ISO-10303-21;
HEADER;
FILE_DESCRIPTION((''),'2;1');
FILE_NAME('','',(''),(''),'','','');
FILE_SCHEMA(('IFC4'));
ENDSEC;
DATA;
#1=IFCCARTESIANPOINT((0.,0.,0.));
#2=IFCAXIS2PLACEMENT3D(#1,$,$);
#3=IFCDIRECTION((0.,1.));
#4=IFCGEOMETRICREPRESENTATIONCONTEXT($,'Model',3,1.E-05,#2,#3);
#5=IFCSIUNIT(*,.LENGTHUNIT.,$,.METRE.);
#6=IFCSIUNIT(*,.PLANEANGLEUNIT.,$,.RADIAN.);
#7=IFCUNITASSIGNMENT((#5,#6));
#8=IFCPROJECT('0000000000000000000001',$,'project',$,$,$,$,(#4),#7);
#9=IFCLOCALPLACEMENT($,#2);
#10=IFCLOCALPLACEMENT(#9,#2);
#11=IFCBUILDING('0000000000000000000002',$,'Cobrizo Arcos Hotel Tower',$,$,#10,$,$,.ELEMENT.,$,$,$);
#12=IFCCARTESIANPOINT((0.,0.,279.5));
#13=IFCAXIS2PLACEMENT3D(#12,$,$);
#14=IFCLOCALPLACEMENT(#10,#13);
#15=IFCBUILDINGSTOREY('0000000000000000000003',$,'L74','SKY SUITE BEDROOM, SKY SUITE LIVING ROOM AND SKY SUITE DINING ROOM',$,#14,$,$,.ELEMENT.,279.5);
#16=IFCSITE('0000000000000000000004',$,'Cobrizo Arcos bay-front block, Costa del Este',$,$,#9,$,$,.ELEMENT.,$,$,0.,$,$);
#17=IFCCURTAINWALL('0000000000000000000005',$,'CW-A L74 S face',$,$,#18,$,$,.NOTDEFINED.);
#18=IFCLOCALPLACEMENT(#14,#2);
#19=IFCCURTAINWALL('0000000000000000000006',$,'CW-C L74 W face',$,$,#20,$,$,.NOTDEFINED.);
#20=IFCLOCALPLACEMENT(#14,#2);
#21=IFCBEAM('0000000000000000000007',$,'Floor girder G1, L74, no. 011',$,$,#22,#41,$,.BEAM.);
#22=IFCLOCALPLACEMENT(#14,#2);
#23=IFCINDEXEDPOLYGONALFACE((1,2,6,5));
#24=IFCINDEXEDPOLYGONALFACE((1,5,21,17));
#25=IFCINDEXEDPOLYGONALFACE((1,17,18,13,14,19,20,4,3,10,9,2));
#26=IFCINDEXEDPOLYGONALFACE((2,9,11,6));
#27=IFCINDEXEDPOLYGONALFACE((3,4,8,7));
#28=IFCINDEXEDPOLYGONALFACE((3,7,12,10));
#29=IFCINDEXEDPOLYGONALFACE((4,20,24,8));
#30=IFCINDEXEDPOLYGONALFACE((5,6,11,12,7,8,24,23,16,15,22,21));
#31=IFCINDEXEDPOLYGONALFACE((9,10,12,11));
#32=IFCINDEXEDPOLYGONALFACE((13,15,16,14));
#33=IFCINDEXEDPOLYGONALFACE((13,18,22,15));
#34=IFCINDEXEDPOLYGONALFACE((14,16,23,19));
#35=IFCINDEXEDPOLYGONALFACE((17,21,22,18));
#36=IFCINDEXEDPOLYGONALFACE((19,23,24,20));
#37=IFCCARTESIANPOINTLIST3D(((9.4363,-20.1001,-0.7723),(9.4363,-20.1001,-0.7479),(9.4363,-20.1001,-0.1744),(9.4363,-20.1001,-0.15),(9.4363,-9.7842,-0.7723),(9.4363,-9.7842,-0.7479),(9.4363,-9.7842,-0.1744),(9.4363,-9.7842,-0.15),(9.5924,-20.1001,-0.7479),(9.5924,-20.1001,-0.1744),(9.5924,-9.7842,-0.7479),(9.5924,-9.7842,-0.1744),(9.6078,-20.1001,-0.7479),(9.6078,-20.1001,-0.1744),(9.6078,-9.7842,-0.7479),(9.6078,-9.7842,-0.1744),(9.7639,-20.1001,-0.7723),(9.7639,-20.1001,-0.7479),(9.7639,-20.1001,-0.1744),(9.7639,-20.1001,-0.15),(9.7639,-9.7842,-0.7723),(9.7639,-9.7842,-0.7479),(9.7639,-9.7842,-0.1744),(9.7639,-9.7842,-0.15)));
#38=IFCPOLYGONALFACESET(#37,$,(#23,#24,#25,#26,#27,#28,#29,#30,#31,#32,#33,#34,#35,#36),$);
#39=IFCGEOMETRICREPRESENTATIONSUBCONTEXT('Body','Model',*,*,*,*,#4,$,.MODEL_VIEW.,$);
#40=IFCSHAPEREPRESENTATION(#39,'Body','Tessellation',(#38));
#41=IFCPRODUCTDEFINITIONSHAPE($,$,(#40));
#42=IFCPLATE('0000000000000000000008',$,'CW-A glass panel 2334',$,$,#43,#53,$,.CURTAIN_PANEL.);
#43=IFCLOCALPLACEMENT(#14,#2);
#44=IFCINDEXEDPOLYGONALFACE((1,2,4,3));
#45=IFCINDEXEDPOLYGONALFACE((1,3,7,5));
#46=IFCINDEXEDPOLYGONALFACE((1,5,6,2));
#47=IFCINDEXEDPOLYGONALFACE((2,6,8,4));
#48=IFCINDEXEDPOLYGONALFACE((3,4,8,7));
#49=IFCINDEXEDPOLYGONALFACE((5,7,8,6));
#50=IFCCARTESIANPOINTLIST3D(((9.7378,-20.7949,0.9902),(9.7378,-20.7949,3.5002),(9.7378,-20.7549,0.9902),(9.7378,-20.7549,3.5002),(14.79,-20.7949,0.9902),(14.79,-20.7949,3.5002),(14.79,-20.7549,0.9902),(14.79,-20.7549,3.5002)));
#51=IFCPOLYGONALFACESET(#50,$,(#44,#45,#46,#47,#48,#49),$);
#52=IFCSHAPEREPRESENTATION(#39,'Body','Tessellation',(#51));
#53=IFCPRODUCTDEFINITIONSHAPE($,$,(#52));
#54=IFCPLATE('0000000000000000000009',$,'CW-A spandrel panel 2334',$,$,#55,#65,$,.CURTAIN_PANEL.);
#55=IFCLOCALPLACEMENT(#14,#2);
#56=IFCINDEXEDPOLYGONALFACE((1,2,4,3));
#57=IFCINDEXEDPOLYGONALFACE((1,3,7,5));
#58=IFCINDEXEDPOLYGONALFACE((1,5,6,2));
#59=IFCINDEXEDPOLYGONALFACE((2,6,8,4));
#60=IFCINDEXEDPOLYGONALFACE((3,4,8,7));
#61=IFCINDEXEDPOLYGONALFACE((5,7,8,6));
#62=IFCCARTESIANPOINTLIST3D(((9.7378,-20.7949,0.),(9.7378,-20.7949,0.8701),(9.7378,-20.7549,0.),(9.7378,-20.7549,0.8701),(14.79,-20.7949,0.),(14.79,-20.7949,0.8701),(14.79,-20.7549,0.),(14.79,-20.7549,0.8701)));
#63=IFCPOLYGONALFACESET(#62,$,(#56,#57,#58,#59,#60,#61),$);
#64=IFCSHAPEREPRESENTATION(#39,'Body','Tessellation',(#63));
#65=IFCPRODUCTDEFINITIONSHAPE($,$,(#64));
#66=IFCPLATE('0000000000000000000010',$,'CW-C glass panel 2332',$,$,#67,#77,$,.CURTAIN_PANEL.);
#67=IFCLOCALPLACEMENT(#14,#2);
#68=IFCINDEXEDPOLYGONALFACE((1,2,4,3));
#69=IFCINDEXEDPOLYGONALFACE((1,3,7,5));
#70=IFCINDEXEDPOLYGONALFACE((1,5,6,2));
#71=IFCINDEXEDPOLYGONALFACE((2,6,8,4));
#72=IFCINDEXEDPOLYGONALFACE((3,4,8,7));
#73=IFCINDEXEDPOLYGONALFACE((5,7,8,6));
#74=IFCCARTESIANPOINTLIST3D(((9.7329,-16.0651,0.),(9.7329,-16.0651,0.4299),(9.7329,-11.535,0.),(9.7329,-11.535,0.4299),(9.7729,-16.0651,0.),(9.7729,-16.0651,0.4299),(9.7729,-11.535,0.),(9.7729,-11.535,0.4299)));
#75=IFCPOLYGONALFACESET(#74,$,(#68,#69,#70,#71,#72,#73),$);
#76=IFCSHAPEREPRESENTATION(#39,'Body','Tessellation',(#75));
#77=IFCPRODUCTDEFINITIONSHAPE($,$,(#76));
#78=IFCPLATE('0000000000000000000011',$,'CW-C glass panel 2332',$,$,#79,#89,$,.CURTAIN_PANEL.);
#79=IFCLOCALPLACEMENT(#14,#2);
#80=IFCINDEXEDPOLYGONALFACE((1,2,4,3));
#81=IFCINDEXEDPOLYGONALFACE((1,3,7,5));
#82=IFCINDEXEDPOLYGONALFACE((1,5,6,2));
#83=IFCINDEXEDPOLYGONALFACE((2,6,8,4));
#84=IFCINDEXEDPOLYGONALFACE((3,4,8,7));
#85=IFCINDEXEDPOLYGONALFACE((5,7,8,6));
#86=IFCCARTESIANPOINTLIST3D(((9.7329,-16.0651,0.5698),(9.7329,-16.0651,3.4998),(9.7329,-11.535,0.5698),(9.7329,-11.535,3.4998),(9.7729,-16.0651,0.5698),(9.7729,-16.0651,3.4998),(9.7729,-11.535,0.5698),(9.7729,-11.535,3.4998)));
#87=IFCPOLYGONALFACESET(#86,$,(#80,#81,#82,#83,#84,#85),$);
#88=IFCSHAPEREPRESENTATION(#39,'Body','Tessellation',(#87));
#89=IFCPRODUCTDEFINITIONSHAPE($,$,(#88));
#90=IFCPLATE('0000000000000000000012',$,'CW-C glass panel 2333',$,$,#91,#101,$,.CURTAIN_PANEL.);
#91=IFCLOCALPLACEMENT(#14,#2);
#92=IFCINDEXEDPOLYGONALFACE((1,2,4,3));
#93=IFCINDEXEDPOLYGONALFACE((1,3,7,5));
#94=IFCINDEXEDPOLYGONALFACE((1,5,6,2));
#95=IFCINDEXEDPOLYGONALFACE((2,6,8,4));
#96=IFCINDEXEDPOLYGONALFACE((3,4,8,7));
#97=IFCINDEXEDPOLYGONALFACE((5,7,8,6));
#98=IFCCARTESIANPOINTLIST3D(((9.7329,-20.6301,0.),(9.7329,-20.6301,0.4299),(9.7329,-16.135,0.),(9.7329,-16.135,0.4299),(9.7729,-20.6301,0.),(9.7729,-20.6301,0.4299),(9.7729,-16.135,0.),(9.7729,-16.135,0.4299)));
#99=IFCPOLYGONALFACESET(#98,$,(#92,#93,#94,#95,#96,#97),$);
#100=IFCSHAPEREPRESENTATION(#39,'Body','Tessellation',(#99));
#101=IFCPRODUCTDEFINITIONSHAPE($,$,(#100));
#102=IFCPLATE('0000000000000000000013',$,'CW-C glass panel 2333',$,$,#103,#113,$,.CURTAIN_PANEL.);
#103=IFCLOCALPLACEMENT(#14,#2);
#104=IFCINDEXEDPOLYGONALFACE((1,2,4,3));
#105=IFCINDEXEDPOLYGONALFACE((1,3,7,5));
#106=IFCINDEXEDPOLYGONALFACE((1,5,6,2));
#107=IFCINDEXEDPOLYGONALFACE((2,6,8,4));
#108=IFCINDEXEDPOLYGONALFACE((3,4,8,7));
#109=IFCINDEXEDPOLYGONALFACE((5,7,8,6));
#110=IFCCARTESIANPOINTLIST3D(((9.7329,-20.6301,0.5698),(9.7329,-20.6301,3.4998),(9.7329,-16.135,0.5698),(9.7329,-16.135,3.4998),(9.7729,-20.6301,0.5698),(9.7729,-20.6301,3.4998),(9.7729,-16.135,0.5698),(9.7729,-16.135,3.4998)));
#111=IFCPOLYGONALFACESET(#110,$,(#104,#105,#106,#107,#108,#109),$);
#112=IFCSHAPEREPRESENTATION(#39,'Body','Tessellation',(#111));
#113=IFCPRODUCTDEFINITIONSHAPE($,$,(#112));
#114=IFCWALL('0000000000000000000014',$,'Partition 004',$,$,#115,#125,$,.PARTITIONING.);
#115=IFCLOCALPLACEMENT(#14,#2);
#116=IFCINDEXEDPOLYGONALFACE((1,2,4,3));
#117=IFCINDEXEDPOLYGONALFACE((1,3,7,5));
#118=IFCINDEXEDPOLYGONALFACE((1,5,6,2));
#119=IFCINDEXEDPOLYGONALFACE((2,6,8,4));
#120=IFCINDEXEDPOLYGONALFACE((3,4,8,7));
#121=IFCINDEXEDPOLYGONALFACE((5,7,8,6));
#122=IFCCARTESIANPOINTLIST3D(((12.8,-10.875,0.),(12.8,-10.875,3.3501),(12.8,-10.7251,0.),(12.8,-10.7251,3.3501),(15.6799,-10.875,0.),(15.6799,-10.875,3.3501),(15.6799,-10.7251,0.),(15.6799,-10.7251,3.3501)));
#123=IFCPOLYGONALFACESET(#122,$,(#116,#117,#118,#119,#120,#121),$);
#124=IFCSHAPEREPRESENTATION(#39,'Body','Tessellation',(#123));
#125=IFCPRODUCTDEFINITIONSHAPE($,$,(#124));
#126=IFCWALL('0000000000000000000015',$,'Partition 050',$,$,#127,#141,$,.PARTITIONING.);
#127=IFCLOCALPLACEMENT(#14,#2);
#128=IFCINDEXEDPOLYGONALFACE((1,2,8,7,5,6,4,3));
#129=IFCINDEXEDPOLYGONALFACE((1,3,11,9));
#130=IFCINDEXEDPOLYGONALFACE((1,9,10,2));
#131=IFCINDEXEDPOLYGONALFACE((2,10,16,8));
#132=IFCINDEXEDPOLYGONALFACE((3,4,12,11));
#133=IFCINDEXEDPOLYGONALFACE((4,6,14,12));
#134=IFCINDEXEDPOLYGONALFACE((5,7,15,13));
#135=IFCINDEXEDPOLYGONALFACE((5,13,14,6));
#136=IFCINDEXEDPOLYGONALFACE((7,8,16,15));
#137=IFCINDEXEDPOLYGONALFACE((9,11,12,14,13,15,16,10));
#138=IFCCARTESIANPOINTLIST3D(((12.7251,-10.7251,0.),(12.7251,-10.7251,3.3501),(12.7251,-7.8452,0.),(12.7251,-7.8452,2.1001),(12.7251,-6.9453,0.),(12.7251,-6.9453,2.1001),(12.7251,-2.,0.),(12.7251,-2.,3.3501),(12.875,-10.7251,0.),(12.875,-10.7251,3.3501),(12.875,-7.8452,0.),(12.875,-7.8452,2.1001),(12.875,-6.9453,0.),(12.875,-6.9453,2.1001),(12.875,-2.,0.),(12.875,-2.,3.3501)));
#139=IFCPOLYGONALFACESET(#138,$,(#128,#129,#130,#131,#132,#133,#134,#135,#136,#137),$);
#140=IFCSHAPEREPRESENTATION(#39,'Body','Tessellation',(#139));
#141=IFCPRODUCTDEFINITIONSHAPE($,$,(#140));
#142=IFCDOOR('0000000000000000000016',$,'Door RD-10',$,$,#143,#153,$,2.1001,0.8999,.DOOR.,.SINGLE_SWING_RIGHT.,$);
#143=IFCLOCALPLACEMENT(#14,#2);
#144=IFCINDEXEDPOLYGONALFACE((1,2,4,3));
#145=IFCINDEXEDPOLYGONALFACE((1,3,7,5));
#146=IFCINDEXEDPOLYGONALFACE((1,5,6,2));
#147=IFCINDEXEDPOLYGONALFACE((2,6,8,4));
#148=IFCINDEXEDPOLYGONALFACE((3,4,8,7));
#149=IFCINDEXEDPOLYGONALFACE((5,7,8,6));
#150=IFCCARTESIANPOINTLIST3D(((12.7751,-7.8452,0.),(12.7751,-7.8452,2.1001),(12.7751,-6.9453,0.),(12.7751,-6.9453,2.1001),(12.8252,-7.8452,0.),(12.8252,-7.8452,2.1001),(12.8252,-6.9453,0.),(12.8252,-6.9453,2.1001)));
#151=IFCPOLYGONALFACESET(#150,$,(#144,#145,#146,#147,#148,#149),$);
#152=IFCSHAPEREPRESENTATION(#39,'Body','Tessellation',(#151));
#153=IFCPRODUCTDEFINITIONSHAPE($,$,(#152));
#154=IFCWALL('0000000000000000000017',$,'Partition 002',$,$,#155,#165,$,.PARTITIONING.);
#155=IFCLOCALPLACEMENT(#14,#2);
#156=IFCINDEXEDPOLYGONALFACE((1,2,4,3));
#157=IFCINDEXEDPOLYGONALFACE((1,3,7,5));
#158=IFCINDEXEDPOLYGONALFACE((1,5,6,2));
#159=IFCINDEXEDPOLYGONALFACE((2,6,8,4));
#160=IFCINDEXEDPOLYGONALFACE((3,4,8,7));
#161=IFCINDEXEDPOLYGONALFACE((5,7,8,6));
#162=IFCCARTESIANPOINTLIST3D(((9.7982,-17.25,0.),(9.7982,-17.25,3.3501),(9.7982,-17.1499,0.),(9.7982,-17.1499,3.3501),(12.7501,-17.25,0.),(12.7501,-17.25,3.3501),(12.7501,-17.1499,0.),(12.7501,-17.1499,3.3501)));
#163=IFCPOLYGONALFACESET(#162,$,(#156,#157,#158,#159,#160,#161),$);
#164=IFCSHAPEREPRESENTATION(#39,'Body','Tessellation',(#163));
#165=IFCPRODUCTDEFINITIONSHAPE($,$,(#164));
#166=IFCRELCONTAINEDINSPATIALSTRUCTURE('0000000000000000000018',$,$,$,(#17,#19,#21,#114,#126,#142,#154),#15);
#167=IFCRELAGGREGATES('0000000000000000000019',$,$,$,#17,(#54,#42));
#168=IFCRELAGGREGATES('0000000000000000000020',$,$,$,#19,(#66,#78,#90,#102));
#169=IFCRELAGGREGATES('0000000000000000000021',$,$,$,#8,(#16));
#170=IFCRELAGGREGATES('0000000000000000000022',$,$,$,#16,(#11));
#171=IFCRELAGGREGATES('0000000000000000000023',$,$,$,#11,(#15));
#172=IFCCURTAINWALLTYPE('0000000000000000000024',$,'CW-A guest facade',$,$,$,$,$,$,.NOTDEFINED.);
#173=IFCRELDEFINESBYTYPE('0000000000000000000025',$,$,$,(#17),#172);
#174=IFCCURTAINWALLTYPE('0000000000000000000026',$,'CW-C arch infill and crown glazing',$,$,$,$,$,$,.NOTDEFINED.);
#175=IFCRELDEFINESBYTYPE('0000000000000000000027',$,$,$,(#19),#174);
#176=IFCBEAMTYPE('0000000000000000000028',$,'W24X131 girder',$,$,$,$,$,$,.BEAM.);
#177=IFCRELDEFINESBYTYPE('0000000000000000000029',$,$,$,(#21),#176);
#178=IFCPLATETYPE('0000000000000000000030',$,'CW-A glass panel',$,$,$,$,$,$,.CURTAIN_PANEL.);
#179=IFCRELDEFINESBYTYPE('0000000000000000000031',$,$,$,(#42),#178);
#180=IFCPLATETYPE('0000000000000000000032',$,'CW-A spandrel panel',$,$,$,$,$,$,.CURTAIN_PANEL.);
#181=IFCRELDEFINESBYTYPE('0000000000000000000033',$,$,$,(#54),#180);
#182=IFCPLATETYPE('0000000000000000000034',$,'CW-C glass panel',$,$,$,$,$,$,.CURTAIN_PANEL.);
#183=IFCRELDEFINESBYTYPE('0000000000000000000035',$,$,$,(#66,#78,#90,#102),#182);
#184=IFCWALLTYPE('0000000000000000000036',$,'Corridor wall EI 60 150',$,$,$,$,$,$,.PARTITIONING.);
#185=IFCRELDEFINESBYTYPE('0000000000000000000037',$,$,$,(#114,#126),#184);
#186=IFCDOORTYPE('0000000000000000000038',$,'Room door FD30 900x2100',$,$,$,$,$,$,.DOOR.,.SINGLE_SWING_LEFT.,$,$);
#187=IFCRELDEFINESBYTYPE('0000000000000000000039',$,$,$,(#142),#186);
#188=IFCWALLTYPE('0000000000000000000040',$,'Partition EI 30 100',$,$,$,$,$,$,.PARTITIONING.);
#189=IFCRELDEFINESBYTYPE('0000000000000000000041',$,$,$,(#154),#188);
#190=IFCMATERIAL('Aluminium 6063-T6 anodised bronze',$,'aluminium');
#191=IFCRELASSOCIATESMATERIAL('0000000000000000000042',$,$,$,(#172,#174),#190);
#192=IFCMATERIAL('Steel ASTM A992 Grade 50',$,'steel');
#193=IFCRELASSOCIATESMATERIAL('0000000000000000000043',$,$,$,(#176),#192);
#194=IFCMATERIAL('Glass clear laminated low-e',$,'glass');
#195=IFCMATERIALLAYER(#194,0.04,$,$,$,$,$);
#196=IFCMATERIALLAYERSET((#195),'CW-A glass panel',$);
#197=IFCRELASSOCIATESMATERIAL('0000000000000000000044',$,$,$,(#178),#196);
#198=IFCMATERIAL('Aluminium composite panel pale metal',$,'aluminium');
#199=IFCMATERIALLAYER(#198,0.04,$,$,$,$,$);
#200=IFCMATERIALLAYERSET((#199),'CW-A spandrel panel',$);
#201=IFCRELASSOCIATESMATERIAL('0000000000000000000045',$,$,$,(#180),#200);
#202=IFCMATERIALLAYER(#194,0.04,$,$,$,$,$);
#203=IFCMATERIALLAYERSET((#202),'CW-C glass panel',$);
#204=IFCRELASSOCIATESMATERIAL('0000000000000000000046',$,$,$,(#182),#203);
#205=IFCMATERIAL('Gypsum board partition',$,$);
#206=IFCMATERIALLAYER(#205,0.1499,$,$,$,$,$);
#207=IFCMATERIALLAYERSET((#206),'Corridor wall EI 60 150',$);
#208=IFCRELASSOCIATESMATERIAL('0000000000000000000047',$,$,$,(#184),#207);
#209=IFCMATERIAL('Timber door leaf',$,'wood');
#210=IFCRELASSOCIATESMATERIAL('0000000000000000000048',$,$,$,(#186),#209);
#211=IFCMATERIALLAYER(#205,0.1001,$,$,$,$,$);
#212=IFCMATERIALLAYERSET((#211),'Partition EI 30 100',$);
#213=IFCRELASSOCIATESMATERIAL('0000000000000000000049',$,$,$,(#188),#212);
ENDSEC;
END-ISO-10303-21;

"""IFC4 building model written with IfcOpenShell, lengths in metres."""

from ifc_helpers import new_model, si_unit, direction, frame, frame_2d, origin, origin_2d, place, context, subcontext, project, spatial, rectangle, i_section, extrude, material, layer, layer_set, material_profile, profile_set, type_object, element, fill, aggregate, save


model = new_model("IFC4")

# Units and contexts
model_context = context("Model", 3, precision=1e-05, world=origin(), true_north=direction((0.0, 1.0)))
body_context = subcontext(model_context, "Body", "Model", "MODEL_VIEW")
ifc_project = project(units=[si_unit("LENGTHUNIT", "METRE"), si_unit("PLANEANGLEUNIT", "RADIAN")], contexts=[model_context])

# Site, building, storey
site_placement = place(None, origin())
site = spatial("IfcSite", under=ifc_project, at=site_placement, Name="Cobrizo Arcos bay-front block, Costa del Este", CompositionType="ELEMENT", RefElevation=0.0)
building_placement = place(site_placement, origin())
building = spatial("IfcBuilding", under=site, at=building_placement, Name="Cobrizo Arcos Hotel Tower", CompositionType="ELEMENT")
storey_placement = place(building_placement, frame((0.0, 0.0, 279.5)))
storey = spatial("IfcBuildingStorey", under=building, at=storey_placement, Name="L74", Description="SKY SUITE BEDROOM, SKY SUITE LIVING ROOM AND SKY SUITE DINING ROOM", CompositionType="ELEMENT", Elevation=279.5)

# Curtain walls
ifc_material_1 = material(Name="Aluminium 6063-T6 anodised bronze", Category="aluminium")
curtain_wall_type_1 = type_object("IfcCurtainWallType", Name="CW-A guest facade", PredefinedType="NOTDEFINED", material=ifc_material_1)
curtain_wall_1_placement = place(storey_placement, origin())
curtain_wall_1 = element("IfcCurtainWall", 1, at=curtain_wall_1_placement, inside=storey, type_object=curtain_wall_type_1, Name="CW-A L74 S face", PredefinedType="NOTDEFINED")
curtain_wall_type_2 = type_object("IfcCurtainWallType", Name="CW-C arch infill and crown glazing", PredefinedType="NOTDEFINED", material=ifc_material_1)
curtain_wall_2_placement = place(storey_placement, origin())
curtain_wall_2 = element("IfcCurtainWall", 2, at=curtain_wall_2_placement, inside=storey, type_object=curtain_wall_type_2, Name="CW-C L74 W face", PredefinedType="NOTDEFINED")

# Beam
ifc_material_2 = material(Name="Steel ASTM A992 Grade 50", Category="steel")
ifc_material_profile_1 = material_profile(ifc_material_2, i_section(OverallWidth=0.3276, OverallDepth=0.6223, WebThickness=0.0154, FlangeThickness=0.0244, at=origin_2d()), Name="W24X131")
ifc_profile_set_1 = profile_set([ifc_material_profile_1], Name="Steel ASTM A992 Grade 50")
beam_type_1 = type_object("IfcBeamType", Name="W24X131 girder", PredefinedType="BEAM", material=ifc_profile_set_1)
beam_1_placement = place(storey_placement, frame((9.6001, -20.1001, -0.4612), z_axis=(0.0, 1.0, 0.0), x_axis=(-1.0, 0.0, 0.0)))
element("IfcBeam", 3, at=beam_1_placement, inside=storey, type_object=beam_type_1, Name="Floor girder G1, L74, no. 011", PredefinedType="BEAM", context=body_context, shape_type="SweptSolid", body=[
    extrude(i_section(OverallWidth=0.3276, OverallDepth=0.6223, WebThickness=0.0154, FlangeThickness=0.0244, at=origin_2d()), origin(), (0.0, 0.0, 1.0), 10.3159),
])

# Plates
ifc_material_3 = material(Name="Glass clear laminated low-e", Category="glass")
ifc_layer_1 = layer(ifc_material_3, 0.04)
ifc_layer_set_1 = layer_set([ifc_layer_1], Name="CW-A glass panel")
plate_type_1 = type_object("IfcPlateType", Name="CW-A glass panel", PredefinedType="CURTAIN_PANEL", material=ifc_layer_set_1)
plate_1_placement = place(storey_placement, frame((12.2639, -20.7749, 0.9902), z_axis=(0.0, 0.0, 1.0), x_axis=(1.0, 0.0, 0.0)))
plate_1 = element("IfcPlate", 4, at=plate_1_placement, type_object=plate_type_1, Name="CW-A glass panel 2334", PredefinedType="CURTAIN_PANEL", context=body_context, shape_type="SweptSolid", body=[
    extrude(rectangle(XDim=5.0522, YDim=0.04, at=origin_2d()), origin(), (0.0, 0.0, 1.0), 2.51),
])
ifc_material_4 = material(Name="Aluminium composite panel pale metal", Category="aluminium")
ifc_layer_2 = layer(ifc_material_4, 0.04)
ifc_layer_set_2 = layer_set([ifc_layer_2], Name="CW-A spandrel panel")
plate_type_2 = type_object("IfcPlateType", Name="CW-A spandrel panel", PredefinedType="CURTAIN_PANEL", material=ifc_layer_set_2)
plate_2_placement = place(storey_placement, frame((12.2639, -20.7749, 0.0), z_axis=(0.0, 0.0, 1.0), x_axis=(1.0, 0.0, 0.0)))
plate_2 = element("IfcPlate", 5, at=plate_2_placement, type_object=plate_type_2, Name="CW-A spandrel panel 2334", PredefinedType="CURTAIN_PANEL", context=body_context, shape_type="SweptSolid", body=[
    extrude(rectangle(XDim=5.0522, YDim=0.04, at=origin_2d()), origin(), (0.0, 0.0, 1.0), 0.8701),
])
aggregate(curtain_wall_1, [plate_2, plate_1])
ifc_layer_3 = layer(ifc_material_3, 0.04)
ifc_layer_set_3 = layer_set([ifc_layer_3], Name="CW-C glass panel")
plate_type_3 = type_object("IfcPlateType", Name="CW-C glass panel", PredefinedType="CURTAIN_PANEL", material=ifc_layer_set_3)
plate_3_placement = place(storey_placement, frame((9.7529, -13.8, 0.0), z_axis=(0.0, 0.0, 1.0), x_axis=(0.0, -1.0, 0.0)))
plate_3 = element("IfcPlate", 6, at=plate_3_placement, type_object=plate_type_3, Name="CW-C glass panel 2332", PredefinedType="CURTAIN_PANEL", context=body_context, shape_type="SweptSolid", body=[
    extrude(rectangle(XDim=4.53, YDim=0.04, at=origin_2d()), origin(), (0.0, 0.0, 1.0), 0.4299),
])
plate_4_placement = place(storey_placement, frame((9.7529, -13.8, 0.5698), z_axis=(0.0, 0.0, 1.0), x_axis=(0.0, -1.0, 0.0)))
plate_4 = element("IfcPlate", 7, at=plate_4_placement, type_object=plate_type_3, Name="CW-C glass panel 2332", PredefinedType="CURTAIN_PANEL", context=body_context, shape_type="SweptSolid", body=[
    extrude(rectangle(XDim=4.53, YDim=0.04, at=origin_2d()), origin(), (0.0, 0.0, 1.0), 2.9299),
])
plate_5_placement = place(storey_placement, frame((9.7529, -18.3826, 0.0), z_axis=(0.0, 0.0, 1.0), x_axis=(0.0, -1.0, 0.0)))
plate_5 = element("IfcPlate", 8, at=plate_5_placement, type_object=plate_type_3, Name="CW-C glass panel 2333", PredefinedType="CURTAIN_PANEL", context=body_context, shape_type="SweptSolid", body=[
    extrude(rectangle(XDim=4.4951, YDim=0.04, at=origin_2d()), origin(), (0.0, 0.0, 1.0), 0.4299),
])
plate_6_placement = place(storey_placement, frame((9.7529, -18.3826, 0.5698), z_axis=(0.0, 0.0, 1.0), x_axis=(0.0, -1.0, 0.0)))
plate_6 = element("IfcPlate", 9, at=plate_6_placement, type_object=plate_type_3, Name="CW-C glass panel 2333", PredefinedType="CURTAIN_PANEL", context=body_context, shape_type="SweptSolid", body=[
    extrude(rectangle(XDim=4.4951, YDim=0.04, at=origin_2d()), origin(), (0.0, 0.0, 1.0), 2.9299),
])
aggregate(curtain_wall_2, [plate_3, plate_4, plate_5, plate_6])

# Wall
ifc_material_5 = material(Name="Gypsum board partition")
ifc_layer_4 = layer(ifc_material_5, 0.1499)
ifc_layer_set_4 = layer_set([ifc_layer_4], Name="Corridor wall EI 60 150")
wall_type_1 = type_object("IfcWallType", Name="Corridor wall EI 60 150", PredefinedType="PARTITIONING", material=ifc_layer_set_4)
wall_1_placement = place(storey_placement, frame((12.8, -10.8, 0.0), z_axis=(0.0, 0.0, 1.0), x_axis=(1.0, 0.0, 0.0)))
element("IfcWall", 10, at=wall_1_placement, inside=storey, type_object=wall_type_1, Name="Partition 004", PredefinedType="PARTITIONING", context=body_context, shape_type="SweptSolid", body=[
    extrude(rectangle(XDim=2.8799, YDim=0.1499, at=frame_2d((1.4399, 0.0))), origin(), (0.0, 0.0, 1.0), 3.3501),
])

# Wall, opening, door
wall_2_placement = place(storey_placement, frame((12.8, -10.7251, 0.0), z_axis=(0.0, 0.0, 1.0), x_axis=(0.0, 1.0, 0.0)))
wall_2 = element("IfcWall", 11, at=wall_2_placement, inside=storey, type_object=wall_type_1, Name="Partition 050", PredefinedType="PARTITIONING", context=body_context, shape_type="SweptSolid", body=[
    extrude(rectangle(XDim=8.7251, YDim=0.1499, at=frame_2d((4.3625, 0.0))), origin(), (0.0, 0.0, 1.0), 3.3501),
])
opening_1_placement = place(wall_2_placement, frame((2.8799, 0.0, 0.0)))
opening_1 = element("IfcOpeningElement", 12, at=opening_1_placement, cuts=wall_2, PredefinedType="OPENING", context=body_context, shape_type="SweptSolid", body=[
    extrude(rectangle(XDim=0.8999, YDim=2.1001, at=frame_2d((0.45, 1.05))), frame((0.0, 0.0869, 0.0), z_axis=(0.0, -1.0, 0.0), x_axis=(1.0, 0.0, 0.0)), (0.0, 0.0, 1.0), 0.1738),
])
ifc_material_6 = material(Name="Timber door leaf", Category="wood")
door_type_1 = type_object("IfcDoorType", Name="Room door FD30 900x2100", OperationType="SINGLE_SWING_LEFT", PredefinedType="DOOR", material=ifc_material_6)
door_1_placement = place(opening_1_placement, origin())
door_1 = element("IfcDoor", 13, at=door_1_placement, inside=storey, type_object=door_type_1, Name="Door RD-10", OperationType="SINGLE_SWING_RIGHT", OverallHeight=2.1001, OverallWidth=0.8999, PredefinedType="DOOR", context=body_context, shape_type="SweptSolid", body=[
    extrude(rectangle(XDim=0.8999, YDim=2.1001, at=frame_2d((0.45, 1.05))), frame((0.0, 0.0249, 0.0), z_axis=(0.0, -1.0, 0.0), x_axis=(1.0, 0.0, 0.0)), (0.0, 0.0, 1.0), 0.05),
])
fill(opening_1, door_1)

# Wall
ifc_layer_5 = layer(ifc_material_5, 0.1001)
ifc_layer_set_5 = layer_set([ifc_layer_5], Name="Partition EI 30 100")
wall_type_2 = type_object("IfcWallType", Name="Partition EI 30 100", PredefinedType="PARTITIONING", material=ifc_layer_set_5)
wall_3_placement = place(storey_placement, frame((9.7981, -17.2, 0.0), z_axis=(0.0, 0.0, 1.0), x_axis=(1.0, 0.0, 0.0)))
element("IfcWall", 14, at=wall_3_placement, inside=storey, type_object=wall_type_2, Name="Partition 002", PredefinedType="PARTITIONING", context=body_context, shape_type="SweptSolid", body=[
    extrude(rectangle(XDim=2.9519, YDim=0.1001, at=frame_2d((1.4761, 0.0))), origin(), (0.0, 0.0, 1.0), 3.3501),
])

save(model, "model.ifc")
